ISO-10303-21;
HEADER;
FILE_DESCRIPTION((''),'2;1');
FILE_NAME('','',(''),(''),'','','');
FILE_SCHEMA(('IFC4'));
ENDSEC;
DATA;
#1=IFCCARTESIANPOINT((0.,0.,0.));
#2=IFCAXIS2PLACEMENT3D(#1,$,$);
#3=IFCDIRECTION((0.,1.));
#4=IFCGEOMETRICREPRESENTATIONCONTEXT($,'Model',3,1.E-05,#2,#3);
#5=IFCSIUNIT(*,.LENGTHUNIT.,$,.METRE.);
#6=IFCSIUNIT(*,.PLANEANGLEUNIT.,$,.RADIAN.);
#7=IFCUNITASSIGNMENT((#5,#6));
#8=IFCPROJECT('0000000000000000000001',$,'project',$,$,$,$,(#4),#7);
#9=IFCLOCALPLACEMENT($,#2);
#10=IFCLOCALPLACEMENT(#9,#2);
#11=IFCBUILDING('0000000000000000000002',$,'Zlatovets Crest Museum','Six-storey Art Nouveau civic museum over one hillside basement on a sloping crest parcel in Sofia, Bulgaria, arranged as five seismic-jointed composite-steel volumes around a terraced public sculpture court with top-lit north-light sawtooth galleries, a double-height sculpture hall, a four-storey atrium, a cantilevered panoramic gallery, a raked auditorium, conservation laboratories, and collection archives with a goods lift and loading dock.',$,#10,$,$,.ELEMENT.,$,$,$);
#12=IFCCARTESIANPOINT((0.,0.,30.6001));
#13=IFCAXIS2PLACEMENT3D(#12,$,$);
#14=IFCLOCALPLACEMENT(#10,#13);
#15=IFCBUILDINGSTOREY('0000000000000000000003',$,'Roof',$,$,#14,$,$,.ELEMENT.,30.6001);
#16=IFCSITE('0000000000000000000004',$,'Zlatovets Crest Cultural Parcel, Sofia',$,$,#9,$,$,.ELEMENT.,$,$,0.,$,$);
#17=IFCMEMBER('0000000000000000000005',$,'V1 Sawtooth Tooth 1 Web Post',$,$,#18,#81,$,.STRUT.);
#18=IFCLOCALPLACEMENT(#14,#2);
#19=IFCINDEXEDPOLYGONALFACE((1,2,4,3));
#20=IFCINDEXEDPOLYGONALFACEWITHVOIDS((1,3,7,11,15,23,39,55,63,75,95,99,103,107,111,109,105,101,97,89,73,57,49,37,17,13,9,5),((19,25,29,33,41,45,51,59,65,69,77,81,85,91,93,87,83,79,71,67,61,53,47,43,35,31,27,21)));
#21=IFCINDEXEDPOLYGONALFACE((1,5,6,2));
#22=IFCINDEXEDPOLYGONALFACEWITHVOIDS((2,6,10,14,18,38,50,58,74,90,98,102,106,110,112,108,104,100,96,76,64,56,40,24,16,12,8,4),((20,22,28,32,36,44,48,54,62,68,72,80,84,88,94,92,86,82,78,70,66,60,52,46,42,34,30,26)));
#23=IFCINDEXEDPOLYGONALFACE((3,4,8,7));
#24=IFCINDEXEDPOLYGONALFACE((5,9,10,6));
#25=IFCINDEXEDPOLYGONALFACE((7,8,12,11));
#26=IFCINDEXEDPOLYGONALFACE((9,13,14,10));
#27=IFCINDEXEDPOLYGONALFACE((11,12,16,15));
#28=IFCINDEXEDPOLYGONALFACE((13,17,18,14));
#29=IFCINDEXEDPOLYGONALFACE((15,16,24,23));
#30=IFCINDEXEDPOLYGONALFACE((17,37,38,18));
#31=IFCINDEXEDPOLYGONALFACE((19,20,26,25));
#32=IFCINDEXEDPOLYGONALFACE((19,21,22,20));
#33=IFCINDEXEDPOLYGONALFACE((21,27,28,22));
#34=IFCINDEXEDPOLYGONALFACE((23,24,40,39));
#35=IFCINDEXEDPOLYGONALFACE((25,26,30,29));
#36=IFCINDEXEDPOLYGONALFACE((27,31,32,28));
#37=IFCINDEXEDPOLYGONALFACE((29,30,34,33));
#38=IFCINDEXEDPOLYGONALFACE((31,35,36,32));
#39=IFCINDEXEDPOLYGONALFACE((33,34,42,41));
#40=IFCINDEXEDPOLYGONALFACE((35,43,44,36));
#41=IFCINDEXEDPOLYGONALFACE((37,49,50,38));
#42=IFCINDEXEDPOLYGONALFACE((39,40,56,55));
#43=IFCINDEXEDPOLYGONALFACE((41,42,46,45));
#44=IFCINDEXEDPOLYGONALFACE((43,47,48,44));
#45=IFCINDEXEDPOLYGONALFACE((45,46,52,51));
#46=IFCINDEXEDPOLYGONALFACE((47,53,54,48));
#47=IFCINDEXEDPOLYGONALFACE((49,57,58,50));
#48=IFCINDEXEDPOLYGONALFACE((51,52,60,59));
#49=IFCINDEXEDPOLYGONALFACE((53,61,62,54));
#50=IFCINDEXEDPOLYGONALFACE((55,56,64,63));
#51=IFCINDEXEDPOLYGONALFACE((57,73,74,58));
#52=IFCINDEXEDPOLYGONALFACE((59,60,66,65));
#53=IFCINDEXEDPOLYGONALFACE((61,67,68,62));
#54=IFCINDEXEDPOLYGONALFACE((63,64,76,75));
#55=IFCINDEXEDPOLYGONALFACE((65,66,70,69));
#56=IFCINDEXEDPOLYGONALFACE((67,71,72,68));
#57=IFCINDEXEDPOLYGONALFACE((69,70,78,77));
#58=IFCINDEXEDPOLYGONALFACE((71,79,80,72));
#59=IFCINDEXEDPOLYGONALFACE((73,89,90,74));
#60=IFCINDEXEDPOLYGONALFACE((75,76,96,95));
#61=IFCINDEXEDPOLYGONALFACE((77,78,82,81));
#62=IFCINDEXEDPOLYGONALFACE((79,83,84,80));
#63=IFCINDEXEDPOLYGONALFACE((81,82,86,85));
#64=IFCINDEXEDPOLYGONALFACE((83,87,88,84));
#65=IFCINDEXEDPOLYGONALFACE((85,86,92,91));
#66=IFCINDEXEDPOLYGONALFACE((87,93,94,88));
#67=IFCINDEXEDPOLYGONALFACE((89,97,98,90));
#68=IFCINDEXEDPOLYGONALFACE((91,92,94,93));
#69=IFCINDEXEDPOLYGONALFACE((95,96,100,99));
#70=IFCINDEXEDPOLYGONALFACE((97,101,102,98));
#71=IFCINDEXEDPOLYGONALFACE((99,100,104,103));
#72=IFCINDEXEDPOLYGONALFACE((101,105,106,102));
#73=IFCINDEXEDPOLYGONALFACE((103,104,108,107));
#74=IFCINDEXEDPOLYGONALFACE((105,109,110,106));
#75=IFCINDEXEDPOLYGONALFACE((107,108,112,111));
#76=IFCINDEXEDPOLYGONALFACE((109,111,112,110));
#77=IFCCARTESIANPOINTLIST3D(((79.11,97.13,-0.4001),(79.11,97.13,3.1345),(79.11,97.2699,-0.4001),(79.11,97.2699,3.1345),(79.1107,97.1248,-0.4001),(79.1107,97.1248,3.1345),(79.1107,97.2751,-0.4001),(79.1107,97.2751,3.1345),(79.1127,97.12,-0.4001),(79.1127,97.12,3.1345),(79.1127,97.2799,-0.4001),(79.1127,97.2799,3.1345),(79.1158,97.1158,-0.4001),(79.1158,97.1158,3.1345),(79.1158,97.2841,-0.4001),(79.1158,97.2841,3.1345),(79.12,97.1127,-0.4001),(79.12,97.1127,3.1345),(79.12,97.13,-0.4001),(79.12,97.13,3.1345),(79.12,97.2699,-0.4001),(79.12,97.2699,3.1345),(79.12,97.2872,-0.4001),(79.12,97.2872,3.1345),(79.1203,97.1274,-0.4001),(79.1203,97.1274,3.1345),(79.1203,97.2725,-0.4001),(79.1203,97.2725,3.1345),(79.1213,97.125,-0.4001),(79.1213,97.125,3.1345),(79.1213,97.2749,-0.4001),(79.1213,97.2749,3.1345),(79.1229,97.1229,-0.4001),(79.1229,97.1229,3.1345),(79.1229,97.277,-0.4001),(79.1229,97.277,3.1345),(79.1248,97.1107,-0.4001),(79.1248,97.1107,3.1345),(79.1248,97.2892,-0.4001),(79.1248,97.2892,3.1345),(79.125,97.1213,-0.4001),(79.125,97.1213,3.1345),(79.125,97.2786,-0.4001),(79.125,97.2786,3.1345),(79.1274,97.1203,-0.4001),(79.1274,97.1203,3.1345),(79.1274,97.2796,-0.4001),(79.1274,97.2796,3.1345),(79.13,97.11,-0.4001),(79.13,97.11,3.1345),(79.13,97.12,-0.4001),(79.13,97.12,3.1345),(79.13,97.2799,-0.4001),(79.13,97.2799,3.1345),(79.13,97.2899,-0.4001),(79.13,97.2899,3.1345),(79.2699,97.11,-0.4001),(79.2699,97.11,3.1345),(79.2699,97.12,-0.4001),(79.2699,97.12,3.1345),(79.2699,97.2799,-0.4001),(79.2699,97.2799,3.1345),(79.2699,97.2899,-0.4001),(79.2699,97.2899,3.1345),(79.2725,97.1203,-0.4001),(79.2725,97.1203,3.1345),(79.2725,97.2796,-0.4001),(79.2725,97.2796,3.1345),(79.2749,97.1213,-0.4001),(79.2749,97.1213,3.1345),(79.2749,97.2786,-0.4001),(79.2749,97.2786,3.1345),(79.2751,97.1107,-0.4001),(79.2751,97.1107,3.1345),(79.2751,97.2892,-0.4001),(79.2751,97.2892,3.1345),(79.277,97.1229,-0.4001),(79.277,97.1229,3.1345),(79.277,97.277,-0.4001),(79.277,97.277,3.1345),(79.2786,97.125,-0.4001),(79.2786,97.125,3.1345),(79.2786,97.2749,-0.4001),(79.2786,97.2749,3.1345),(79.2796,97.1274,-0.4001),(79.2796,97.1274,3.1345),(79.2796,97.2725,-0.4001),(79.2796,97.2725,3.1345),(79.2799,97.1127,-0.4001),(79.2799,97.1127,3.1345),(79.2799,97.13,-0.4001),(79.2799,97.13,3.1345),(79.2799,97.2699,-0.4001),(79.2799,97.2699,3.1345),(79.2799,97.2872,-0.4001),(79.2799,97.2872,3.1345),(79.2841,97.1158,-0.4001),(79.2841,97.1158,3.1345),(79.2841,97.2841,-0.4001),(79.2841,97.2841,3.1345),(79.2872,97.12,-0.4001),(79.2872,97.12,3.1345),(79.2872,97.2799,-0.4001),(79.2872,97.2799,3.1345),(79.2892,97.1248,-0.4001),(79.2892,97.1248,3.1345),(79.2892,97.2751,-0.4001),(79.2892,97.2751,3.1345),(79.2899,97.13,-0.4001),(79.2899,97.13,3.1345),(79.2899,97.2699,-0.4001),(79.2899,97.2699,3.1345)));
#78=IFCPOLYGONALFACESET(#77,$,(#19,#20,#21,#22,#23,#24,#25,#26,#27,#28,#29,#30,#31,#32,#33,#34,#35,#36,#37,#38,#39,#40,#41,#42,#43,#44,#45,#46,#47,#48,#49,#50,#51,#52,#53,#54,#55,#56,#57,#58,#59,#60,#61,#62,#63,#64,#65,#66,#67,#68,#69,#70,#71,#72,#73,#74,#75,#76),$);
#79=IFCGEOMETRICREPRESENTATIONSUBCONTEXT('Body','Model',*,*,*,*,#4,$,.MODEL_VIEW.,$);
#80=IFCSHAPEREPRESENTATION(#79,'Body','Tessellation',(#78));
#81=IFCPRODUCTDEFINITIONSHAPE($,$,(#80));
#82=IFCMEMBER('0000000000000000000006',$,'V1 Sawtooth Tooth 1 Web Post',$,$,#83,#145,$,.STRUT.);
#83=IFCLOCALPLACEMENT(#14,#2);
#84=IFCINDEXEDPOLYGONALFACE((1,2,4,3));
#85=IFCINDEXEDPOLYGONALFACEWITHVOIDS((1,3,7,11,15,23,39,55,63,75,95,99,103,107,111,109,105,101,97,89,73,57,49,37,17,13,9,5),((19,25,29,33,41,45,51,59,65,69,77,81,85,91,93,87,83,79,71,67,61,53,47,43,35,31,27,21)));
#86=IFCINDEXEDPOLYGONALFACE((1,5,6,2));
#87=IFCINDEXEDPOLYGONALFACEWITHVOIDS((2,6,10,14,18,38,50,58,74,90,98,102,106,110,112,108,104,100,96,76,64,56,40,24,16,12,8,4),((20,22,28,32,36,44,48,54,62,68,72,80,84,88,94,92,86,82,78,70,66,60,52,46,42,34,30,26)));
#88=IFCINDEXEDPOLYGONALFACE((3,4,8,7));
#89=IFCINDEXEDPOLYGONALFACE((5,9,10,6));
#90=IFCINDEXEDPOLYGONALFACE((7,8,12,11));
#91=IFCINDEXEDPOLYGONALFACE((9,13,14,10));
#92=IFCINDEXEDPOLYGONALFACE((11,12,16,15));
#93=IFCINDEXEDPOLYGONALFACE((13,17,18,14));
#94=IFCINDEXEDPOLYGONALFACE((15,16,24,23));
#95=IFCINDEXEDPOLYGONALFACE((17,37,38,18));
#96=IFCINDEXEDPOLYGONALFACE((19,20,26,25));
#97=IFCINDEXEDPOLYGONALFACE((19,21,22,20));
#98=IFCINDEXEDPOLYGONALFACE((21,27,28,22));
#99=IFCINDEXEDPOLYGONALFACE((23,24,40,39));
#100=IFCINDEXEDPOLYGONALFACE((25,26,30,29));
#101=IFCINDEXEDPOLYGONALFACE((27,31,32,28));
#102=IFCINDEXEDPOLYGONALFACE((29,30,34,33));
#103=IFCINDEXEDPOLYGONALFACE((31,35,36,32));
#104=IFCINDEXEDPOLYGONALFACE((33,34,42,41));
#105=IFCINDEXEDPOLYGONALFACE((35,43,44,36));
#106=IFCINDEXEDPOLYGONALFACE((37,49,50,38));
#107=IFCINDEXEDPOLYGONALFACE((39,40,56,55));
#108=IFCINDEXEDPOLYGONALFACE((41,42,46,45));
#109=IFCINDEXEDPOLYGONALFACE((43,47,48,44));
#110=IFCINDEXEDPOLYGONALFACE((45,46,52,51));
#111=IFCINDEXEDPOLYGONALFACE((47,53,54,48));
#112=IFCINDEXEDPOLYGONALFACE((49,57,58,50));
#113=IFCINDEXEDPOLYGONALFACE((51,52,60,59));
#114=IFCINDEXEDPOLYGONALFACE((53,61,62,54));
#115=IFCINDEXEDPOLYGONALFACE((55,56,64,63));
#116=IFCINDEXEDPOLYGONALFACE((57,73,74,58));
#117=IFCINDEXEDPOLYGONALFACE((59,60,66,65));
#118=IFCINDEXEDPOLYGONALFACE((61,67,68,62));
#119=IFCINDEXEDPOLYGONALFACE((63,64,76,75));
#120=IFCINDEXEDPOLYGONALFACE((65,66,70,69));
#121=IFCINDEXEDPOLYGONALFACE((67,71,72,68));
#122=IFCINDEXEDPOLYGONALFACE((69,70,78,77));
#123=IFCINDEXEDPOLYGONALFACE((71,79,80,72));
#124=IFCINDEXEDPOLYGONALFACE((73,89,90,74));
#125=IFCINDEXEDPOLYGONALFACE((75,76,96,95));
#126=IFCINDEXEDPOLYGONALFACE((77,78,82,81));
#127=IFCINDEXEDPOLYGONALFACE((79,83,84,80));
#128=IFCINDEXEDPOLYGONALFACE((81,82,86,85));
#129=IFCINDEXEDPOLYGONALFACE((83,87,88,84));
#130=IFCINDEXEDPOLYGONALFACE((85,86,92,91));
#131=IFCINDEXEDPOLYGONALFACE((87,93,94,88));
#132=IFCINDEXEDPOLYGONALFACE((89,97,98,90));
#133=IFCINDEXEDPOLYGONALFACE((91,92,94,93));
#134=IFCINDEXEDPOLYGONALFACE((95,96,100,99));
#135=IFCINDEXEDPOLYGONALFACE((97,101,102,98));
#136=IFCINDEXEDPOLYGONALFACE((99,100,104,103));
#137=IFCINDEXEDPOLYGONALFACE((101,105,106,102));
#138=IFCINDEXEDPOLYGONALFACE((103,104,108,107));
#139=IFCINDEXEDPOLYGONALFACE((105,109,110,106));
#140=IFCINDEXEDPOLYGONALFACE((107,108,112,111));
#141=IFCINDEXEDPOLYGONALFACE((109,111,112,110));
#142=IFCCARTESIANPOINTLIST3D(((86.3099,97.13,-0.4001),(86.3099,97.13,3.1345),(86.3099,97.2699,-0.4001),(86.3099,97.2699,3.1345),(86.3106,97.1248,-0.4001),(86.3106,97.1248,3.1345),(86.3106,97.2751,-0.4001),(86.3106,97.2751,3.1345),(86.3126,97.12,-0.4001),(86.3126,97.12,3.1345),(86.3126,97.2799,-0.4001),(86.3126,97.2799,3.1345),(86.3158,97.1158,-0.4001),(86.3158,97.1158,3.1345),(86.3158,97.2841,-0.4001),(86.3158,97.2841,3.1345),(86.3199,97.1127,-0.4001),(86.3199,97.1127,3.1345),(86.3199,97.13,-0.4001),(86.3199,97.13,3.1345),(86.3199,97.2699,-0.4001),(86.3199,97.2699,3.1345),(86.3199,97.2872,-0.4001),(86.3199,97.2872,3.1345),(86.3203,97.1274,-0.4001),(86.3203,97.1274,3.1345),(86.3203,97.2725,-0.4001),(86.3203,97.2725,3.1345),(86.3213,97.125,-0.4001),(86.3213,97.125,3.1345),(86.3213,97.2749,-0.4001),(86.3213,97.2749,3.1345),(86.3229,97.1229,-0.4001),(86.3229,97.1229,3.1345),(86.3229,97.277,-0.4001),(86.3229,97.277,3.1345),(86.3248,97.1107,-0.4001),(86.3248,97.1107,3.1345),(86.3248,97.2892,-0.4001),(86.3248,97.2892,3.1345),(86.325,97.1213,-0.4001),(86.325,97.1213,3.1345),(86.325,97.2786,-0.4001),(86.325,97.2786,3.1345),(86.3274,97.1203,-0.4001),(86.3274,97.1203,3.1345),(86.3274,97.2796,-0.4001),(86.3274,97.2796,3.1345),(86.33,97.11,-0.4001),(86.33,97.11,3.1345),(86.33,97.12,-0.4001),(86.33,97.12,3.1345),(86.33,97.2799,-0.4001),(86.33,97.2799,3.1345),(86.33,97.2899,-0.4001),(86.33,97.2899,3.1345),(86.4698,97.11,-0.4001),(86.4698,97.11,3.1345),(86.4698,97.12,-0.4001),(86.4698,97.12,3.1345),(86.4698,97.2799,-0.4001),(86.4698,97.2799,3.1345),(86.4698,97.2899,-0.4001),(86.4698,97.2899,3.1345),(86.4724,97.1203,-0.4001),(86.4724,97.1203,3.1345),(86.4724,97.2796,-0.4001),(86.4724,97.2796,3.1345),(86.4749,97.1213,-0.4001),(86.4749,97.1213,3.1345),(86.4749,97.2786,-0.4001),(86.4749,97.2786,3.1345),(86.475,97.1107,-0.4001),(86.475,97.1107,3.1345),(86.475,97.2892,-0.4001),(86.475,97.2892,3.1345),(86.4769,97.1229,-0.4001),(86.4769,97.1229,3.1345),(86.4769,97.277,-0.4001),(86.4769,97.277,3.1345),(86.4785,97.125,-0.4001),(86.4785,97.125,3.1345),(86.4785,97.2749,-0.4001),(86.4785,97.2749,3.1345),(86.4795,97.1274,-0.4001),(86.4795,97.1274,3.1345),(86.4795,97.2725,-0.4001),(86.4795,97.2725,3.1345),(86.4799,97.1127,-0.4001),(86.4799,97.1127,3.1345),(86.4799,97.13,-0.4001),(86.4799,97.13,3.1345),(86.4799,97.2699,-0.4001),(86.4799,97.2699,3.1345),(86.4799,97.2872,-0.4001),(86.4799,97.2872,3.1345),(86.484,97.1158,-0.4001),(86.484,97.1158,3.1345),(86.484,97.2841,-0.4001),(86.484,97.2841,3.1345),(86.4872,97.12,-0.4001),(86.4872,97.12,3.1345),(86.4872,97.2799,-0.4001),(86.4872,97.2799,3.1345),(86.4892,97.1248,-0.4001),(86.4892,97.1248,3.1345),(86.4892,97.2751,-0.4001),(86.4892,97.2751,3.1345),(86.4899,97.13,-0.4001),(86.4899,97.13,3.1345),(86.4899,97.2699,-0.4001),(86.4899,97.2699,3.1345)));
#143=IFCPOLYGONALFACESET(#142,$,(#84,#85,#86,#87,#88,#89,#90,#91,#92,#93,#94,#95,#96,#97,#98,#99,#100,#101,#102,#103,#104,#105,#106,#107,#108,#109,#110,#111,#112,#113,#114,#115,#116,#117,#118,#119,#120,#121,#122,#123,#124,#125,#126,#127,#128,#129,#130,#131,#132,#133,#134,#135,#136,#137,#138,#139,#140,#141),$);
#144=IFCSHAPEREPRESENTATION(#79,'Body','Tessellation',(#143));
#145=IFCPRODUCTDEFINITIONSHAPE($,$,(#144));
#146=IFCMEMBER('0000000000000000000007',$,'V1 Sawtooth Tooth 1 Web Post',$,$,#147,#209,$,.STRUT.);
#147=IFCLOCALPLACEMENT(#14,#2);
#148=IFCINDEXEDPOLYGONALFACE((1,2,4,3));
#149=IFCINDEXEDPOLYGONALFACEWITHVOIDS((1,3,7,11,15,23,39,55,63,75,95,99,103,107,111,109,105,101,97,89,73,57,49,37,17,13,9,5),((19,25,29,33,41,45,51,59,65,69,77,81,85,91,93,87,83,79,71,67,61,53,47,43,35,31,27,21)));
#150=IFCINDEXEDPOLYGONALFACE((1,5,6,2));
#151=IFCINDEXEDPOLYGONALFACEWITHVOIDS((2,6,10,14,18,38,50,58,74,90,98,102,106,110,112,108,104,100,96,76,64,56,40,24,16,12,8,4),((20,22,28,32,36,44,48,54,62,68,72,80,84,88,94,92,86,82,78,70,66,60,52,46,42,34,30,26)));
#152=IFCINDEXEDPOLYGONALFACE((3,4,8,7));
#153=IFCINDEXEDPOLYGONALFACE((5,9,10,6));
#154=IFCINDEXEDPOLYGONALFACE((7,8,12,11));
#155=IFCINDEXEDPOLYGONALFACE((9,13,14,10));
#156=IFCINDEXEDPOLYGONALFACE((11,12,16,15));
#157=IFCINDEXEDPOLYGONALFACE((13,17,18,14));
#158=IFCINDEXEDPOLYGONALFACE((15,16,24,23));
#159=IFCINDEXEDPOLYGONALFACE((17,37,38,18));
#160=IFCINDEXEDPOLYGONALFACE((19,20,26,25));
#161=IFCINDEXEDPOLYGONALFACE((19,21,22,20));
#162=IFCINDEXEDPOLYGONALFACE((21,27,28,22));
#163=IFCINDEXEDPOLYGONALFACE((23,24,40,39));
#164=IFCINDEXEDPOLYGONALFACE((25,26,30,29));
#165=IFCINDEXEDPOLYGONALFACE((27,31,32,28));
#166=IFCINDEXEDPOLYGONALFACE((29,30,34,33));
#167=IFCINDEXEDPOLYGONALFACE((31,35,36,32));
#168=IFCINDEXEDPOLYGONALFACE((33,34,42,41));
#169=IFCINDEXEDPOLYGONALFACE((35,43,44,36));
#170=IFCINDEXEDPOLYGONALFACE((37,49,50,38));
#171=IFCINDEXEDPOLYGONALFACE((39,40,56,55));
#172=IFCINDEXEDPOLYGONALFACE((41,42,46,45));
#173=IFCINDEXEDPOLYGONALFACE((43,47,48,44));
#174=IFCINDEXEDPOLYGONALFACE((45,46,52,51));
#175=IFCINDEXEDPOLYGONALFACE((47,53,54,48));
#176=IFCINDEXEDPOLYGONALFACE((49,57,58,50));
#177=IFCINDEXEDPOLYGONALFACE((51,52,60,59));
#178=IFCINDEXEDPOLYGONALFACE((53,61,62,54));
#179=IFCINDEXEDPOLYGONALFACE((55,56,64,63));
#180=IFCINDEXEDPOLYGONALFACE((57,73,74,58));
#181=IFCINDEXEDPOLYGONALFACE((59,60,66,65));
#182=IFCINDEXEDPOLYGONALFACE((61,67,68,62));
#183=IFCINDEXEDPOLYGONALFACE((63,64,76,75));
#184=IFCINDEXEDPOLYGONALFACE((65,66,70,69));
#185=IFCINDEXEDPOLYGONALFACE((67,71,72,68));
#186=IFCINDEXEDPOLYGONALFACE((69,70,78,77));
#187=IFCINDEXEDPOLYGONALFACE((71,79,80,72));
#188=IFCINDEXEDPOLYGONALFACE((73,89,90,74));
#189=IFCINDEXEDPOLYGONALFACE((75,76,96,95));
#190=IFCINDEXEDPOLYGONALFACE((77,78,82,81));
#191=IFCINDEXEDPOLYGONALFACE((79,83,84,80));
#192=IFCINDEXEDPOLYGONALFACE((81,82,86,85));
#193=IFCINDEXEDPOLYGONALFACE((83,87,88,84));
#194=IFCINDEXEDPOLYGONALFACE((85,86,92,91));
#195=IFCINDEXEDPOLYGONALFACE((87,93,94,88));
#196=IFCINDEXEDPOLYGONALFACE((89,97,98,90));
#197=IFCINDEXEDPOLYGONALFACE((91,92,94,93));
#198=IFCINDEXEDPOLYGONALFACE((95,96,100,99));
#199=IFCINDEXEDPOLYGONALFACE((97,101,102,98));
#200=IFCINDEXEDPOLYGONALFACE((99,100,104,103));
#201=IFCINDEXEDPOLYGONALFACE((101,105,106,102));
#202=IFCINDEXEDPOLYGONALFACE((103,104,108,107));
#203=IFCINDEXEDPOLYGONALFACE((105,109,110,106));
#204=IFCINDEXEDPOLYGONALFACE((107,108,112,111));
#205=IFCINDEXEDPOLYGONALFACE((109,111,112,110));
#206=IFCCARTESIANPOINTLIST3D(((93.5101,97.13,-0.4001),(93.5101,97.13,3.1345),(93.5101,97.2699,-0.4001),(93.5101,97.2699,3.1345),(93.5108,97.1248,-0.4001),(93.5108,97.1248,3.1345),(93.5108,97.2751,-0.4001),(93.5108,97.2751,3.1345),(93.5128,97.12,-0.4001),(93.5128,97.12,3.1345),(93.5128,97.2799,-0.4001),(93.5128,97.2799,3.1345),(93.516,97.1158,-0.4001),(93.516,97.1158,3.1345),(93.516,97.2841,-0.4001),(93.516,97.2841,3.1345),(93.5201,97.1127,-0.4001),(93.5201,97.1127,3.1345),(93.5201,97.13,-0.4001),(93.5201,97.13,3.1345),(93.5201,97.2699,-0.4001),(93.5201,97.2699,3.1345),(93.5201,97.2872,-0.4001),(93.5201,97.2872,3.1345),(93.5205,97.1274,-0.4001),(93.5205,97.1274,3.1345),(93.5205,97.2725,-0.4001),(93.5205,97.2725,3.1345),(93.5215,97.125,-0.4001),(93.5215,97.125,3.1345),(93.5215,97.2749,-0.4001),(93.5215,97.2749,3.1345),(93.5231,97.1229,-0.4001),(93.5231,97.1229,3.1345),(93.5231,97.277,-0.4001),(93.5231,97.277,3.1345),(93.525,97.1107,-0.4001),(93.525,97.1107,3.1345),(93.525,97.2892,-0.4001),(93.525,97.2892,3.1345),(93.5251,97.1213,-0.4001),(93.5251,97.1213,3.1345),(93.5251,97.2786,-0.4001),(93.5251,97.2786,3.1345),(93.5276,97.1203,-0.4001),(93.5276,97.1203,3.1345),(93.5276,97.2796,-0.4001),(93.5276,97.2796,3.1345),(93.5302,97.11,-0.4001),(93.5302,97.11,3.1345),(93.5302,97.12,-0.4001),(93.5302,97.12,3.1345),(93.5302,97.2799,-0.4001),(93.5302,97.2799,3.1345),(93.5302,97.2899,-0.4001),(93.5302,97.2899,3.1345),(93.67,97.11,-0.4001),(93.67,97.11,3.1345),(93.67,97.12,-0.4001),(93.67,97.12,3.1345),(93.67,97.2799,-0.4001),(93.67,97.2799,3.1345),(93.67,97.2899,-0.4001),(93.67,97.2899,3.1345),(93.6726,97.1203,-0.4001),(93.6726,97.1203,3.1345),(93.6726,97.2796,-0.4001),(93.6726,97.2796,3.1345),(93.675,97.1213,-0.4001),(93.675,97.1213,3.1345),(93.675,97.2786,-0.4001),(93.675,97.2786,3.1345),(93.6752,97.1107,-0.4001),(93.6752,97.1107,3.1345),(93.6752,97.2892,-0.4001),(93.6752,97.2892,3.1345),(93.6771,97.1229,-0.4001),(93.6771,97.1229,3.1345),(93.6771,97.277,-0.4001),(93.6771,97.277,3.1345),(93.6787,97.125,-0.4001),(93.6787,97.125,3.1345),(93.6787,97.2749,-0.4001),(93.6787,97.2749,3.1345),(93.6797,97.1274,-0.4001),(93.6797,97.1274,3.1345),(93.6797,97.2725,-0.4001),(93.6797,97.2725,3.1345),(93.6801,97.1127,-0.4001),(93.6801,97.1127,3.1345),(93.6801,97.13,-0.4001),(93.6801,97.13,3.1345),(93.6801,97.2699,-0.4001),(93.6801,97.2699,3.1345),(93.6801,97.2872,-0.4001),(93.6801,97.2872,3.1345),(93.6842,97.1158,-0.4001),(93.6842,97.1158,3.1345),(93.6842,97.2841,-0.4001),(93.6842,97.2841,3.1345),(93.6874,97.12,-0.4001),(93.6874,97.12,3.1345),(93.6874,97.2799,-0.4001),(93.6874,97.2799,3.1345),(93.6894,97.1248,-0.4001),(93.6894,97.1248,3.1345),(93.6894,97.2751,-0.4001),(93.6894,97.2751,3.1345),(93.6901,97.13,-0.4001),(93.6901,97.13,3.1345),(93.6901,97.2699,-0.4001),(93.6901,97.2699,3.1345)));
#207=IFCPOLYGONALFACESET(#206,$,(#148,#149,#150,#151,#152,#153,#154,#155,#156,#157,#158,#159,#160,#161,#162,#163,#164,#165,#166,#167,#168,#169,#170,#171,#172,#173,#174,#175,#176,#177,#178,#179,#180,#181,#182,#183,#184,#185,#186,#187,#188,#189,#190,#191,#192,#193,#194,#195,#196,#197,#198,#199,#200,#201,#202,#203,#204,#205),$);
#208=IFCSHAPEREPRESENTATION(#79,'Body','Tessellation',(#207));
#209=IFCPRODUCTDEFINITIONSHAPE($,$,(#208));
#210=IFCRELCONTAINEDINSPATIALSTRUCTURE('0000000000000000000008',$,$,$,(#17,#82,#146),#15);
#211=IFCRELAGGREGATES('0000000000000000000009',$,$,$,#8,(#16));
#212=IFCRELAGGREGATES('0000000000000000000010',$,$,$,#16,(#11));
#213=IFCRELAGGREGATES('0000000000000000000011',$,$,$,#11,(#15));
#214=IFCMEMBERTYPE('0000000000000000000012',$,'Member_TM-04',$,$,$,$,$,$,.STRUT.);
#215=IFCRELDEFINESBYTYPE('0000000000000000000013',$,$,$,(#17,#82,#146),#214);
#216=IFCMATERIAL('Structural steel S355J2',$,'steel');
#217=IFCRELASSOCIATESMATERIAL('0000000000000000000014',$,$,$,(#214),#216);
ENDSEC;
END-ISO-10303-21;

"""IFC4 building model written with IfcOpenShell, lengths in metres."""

from ifc_helpers import new_model, si_unit, direction, frame, origin, origin_2d, place, context, subcontext, project, spatial, hollow_rectangle, extrude, material, material_profile, profile_set, type_object, element, save


model = new_model("IFC4")

# Units and contexts
model_context = context("Model", 3, precision=1e-05, world=origin(), true_north=direction((0.0, 1.0)))
body_context = subcontext(model_context, "Body", "Model", "MODEL_VIEW")
ifc_project = project(units=[si_unit("LENGTHUNIT", "METRE"), si_unit("PLANEANGLEUNIT", "RADIAN")], contexts=[model_context])

# Site, building, storey
site_placement = place(None, origin())
site = spatial("IfcSite", under=ifc_project, at=site_placement, Name="Zlatovets Crest Cultural Parcel, Sofia", CompositionType="ELEMENT", RefElevation=0.0)
building_placement = place(site_placement, origin())
building = spatial("IfcBuilding", under=site, at=building_placement, Name="Zlatovets Crest Museum", Description="Six-storey Art Nouveau civic museum over one hillside basement on a sloping crest parcel in Sofia, Bulgaria, arranged as five seismic-jointed composite-steel volumes around a terraced public sculpture court with top-lit north-light sawtooth galleries, a double-height sculpture hall, a four-storey atrium, a cantilevered panoramic gallery, a raked auditorium, conservation laboratories, and collection archives with a goods lift and loading dock.", CompositionType="ELEMENT")
storey_placement = place(building_placement, frame((0.0, 0.0, 30.6001)))
storey = spatial("IfcBuildingStorey", under=building, at=storey_placement, Name="Roof", CompositionType="ELEMENT", Elevation=30.6001)

# Shared definitions
ifc_material_1 = material(Name="Structural steel S355J2", Category="steel")

# Members
ifc_material_profile_1 = material_profile(ifc_material_1, hollow_rectangle(XDim=0.1799, YDim=0.1799, WallThickness=0.01, InnerFilletRadius=0.01, OuterFilletRadius=0.02, at=origin_2d()), Name="SHS 180x180x10.0")
ifc_profile_set_1 = profile_set([ifc_material_profile_1], Name="Structural steel S355J2")
member_type_1 = type_object("IfcMemberType", Name="Member_TM-04", PredefinedType="STRUT", material=ifc_profile_set_1)
for number, where, z_axis, x_axis, name in (
    (1, (79.2, 97.2, -0.4001), (0.0, 0.0, 1.0), (1.0, 0.0, 0.0), "V1 Sawtooth Tooth 1 Web Post"),
    (2, (86.3999, 97.2, -0.4001), (0.0, 0.0, 1.0), (1.0, 0.0, 0.0), "V1 Sawtooth Tooth 1 Web Post"),
    (3, (93.6001, 97.2, -0.4001), (0.0, 0.0, 1.0), (1.0, 0.0, 0.0), "V1 Sawtooth Tooth 1 Web Post"),
):
    element("IfcMember", number, at=place(storey_placement, frame(where, z_axis=z_axis, x_axis=x_axis)), inside=storey, type_object=member_type_1, Name=name, PredefinedType="STRUT", context=body_context, shape_type="SweptSolid", body=[
        extrude(hollow_rectangle(XDim=0.1799, YDim=0.1799, WallThickness=0.01, InnerFilletRadius=0.01, OuterFilletRadius=0.02, at=origin_2d()), origin(), (0.0, 0.0, 1.0), 3.5347),
    ])

save(model, "model.ifc")
